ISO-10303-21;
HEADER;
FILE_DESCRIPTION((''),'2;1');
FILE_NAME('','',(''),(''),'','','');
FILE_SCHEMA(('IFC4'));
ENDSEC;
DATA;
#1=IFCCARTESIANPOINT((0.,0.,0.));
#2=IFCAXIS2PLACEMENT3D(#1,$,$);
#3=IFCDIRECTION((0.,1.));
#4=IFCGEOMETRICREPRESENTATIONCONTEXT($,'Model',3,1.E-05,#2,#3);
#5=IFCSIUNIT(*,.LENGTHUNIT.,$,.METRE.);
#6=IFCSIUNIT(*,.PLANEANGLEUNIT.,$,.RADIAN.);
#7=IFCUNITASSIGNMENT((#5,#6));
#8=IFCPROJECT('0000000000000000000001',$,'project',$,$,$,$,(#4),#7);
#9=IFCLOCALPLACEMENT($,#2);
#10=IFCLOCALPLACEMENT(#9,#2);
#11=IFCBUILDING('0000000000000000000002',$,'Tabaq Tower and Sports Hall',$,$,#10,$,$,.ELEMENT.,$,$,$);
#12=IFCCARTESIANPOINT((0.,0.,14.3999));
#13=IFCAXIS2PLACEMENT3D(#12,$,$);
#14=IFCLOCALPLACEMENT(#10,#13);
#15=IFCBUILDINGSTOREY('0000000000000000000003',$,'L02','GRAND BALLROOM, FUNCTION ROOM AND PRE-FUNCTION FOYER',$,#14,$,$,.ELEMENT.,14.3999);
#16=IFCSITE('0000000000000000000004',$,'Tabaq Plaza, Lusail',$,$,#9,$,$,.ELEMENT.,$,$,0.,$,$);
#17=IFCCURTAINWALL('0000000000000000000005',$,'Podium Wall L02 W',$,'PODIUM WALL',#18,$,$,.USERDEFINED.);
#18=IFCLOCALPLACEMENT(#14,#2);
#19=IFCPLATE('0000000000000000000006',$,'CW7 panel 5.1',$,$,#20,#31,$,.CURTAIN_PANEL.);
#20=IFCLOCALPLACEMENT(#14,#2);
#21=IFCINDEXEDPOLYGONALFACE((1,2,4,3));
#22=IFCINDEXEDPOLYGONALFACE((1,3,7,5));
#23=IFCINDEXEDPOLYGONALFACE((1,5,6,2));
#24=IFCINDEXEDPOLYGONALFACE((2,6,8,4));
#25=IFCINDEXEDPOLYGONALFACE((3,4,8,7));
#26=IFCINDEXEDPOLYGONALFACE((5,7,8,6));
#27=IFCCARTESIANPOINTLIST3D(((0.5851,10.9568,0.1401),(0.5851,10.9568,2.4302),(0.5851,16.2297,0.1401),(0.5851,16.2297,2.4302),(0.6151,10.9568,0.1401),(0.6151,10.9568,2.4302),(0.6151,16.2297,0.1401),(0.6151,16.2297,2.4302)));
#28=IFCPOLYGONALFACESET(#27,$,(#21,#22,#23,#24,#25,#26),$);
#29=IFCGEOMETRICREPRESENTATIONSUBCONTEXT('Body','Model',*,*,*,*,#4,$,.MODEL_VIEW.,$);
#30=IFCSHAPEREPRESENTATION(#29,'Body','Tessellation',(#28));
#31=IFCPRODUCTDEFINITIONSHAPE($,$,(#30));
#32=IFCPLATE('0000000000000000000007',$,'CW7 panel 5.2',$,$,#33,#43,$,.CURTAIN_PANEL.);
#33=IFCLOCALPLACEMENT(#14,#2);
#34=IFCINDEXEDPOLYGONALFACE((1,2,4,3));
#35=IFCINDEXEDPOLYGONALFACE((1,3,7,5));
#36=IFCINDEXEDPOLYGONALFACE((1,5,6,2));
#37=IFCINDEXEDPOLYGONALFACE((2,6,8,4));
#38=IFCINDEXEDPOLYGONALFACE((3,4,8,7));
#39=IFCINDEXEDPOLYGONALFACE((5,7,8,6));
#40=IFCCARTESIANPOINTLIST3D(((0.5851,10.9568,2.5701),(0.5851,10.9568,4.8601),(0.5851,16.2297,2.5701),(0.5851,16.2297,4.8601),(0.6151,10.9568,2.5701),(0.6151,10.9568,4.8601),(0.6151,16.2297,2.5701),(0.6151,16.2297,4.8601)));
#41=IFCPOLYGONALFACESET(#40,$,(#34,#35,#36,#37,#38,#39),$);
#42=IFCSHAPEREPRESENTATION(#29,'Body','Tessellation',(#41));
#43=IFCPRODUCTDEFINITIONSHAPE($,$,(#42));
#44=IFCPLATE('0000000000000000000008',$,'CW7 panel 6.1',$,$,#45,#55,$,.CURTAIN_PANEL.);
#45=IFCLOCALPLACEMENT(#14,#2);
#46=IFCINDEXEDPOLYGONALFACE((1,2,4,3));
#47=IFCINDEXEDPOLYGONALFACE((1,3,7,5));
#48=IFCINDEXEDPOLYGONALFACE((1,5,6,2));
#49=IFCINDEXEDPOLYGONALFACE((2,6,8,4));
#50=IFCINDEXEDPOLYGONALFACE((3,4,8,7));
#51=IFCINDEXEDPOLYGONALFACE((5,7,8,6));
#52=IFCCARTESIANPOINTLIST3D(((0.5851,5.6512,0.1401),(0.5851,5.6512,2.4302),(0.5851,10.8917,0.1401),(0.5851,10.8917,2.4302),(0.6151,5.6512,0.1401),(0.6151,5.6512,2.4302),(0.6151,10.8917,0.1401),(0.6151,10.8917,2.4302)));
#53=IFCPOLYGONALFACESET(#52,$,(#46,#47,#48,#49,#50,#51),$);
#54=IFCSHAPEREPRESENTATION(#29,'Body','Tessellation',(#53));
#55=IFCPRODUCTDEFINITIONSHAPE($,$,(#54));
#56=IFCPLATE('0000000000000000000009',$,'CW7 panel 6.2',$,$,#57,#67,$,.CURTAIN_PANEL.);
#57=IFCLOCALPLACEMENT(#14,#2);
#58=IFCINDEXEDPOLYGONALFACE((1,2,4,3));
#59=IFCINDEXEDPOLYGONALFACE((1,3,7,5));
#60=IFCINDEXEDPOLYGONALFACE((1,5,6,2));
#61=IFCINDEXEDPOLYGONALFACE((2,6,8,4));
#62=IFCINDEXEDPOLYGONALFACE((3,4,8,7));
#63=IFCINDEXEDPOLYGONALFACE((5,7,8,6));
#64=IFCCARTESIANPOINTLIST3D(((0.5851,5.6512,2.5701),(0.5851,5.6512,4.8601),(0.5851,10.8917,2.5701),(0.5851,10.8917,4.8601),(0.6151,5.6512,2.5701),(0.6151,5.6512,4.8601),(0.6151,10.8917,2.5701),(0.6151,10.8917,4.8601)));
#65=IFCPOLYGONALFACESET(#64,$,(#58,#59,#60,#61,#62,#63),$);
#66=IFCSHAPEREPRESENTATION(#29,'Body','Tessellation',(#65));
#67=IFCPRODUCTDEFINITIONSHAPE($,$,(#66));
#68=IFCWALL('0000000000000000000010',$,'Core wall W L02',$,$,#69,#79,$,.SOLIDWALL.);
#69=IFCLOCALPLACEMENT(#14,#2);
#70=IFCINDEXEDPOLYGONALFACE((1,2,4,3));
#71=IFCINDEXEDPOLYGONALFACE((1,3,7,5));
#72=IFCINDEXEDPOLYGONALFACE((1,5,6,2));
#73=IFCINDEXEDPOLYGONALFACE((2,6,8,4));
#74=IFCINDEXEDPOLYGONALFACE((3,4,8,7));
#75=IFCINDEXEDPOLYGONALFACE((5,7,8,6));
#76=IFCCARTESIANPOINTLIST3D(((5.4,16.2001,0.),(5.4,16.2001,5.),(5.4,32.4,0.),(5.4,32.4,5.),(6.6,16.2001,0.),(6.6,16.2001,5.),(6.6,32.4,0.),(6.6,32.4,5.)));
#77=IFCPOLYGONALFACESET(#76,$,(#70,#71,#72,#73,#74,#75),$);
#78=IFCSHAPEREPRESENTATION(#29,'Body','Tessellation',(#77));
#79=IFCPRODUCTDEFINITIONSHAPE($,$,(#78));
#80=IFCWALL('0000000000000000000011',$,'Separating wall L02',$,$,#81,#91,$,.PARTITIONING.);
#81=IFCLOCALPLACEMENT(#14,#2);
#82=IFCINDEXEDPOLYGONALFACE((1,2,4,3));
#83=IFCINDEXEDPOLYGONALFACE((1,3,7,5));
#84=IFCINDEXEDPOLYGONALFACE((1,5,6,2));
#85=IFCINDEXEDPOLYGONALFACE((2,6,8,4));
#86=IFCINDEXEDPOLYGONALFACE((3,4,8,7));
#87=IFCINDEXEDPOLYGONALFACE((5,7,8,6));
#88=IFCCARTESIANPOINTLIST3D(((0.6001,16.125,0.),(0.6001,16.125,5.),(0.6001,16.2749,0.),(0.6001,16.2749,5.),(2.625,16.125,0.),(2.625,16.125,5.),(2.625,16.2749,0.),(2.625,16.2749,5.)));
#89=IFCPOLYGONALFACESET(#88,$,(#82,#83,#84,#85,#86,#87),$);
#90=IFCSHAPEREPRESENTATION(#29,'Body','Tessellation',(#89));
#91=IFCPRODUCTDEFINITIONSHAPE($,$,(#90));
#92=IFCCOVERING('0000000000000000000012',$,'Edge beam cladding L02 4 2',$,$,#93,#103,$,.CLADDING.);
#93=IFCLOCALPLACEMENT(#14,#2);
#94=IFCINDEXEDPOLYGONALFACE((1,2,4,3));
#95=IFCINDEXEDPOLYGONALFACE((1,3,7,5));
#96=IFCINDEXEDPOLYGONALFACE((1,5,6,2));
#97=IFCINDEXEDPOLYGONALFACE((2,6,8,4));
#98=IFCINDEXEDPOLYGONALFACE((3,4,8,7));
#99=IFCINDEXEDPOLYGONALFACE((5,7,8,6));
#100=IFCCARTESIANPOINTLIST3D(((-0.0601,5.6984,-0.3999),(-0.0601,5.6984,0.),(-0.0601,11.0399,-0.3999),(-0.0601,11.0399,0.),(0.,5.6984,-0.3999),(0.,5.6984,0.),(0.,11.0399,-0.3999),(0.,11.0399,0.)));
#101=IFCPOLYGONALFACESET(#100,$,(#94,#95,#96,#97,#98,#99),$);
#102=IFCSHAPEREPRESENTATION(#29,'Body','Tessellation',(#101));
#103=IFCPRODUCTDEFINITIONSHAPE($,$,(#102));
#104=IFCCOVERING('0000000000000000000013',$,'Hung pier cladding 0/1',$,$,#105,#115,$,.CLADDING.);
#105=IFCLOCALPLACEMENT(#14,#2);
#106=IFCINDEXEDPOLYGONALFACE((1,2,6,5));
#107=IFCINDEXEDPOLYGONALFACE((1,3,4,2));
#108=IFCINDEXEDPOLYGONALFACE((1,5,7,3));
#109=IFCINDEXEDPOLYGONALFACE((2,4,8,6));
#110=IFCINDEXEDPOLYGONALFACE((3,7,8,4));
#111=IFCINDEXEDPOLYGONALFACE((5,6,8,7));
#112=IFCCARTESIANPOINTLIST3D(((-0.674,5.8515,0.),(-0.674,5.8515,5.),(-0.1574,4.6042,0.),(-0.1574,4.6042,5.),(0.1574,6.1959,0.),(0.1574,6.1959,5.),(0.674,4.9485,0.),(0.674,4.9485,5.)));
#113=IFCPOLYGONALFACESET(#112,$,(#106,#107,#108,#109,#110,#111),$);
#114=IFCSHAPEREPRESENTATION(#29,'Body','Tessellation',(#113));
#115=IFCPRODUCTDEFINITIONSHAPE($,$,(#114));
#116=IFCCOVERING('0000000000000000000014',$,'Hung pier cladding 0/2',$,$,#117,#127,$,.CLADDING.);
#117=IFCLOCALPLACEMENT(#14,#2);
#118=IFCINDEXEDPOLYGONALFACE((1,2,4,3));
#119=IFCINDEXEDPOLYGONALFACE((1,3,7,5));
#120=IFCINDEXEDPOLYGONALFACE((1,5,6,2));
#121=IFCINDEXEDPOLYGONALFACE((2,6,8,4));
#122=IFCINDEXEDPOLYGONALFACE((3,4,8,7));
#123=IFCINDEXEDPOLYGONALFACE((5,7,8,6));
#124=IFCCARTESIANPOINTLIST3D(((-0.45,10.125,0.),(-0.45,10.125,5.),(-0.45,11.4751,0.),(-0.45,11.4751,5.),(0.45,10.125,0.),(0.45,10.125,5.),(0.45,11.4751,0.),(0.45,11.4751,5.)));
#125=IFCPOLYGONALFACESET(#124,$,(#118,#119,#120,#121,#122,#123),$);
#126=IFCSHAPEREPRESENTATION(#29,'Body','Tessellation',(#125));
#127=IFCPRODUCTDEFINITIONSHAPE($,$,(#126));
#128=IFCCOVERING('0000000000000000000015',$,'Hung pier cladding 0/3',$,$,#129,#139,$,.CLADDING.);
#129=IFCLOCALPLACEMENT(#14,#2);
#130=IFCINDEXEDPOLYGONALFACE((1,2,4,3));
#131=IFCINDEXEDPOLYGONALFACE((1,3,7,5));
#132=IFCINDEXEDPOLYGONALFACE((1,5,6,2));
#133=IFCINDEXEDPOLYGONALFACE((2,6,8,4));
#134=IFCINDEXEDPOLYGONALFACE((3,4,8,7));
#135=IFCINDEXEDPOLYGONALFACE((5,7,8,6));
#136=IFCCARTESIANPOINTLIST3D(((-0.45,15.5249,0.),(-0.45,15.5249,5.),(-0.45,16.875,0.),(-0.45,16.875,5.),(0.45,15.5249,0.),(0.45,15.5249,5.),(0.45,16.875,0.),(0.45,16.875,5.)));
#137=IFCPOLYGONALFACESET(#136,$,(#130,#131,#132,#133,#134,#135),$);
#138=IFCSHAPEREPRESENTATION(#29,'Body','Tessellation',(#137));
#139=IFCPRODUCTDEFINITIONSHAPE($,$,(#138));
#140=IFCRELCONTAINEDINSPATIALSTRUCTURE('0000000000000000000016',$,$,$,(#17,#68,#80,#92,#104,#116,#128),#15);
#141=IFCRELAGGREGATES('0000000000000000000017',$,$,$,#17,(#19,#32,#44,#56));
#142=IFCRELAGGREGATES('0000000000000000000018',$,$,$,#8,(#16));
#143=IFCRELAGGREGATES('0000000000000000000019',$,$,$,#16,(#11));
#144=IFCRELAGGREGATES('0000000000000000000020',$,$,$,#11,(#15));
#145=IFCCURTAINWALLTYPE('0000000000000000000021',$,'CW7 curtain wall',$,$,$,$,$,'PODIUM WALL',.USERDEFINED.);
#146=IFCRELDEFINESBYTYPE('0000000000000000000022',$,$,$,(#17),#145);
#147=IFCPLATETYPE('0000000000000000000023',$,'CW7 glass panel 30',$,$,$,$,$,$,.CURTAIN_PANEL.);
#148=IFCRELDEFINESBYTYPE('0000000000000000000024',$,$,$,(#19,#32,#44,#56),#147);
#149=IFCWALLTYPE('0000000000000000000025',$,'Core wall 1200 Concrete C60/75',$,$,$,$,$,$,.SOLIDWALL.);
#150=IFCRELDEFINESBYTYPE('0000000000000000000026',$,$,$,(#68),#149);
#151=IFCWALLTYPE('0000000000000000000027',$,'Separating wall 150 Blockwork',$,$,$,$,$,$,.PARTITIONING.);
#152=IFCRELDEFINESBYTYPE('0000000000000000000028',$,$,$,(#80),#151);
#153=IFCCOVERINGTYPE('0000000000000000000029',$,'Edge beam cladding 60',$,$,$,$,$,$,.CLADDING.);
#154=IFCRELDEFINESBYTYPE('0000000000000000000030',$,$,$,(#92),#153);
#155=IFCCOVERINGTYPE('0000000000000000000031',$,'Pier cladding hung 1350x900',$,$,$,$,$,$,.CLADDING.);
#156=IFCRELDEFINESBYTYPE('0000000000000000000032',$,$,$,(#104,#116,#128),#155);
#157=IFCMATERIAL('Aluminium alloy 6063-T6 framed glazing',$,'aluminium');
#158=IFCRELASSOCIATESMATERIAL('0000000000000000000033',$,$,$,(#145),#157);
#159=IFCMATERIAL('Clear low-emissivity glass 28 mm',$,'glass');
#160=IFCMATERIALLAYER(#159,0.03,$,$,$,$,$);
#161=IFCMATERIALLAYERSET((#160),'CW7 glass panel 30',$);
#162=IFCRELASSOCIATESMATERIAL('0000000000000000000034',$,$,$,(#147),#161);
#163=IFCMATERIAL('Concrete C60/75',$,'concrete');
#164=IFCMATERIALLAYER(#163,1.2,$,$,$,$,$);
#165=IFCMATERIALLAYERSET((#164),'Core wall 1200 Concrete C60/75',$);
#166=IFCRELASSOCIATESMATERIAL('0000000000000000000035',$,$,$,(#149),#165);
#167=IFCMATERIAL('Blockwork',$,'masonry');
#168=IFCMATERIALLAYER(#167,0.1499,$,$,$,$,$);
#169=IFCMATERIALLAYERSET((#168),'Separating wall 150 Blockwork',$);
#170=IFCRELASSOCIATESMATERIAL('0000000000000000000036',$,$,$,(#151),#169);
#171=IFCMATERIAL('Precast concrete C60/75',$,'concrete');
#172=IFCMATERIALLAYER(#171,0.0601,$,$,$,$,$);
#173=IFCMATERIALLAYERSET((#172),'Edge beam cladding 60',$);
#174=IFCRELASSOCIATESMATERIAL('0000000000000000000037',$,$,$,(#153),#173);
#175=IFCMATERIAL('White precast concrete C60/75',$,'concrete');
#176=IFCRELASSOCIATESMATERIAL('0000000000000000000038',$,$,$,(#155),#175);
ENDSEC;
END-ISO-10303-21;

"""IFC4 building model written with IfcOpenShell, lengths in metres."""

from ifc_helpers import new_model, si_unit, direction, frame, frame_2d, origin, origin_2d, place, context, subcontext, project, spatial, rectangle, extrude, material, layer, layer_set, type_object, element, aggregate, save


model = new_model("IFC4")

# Units and contexts
model_context = context("Model", 3, precision=1e-05, world=origin(), true_north=direction((0.0, 1.0)))
body_context = subcontext(model_context, "Body", "Model", "MODEL_VIEW")
ifc_project = project(units=[si_unit("LENGTHUNIT", "METRE"), si_unit("PLANEANGLEUNIT", "RADIAN")], contexts=[model_context])

# Site, building, storey
site_placement = place(None, origin())
site = spatial("IfcSite", under=ifc_project, at=site_placement, Name="Tabaq Plaza, Lusail", CompositionType="ELEMENT", RefElevation=0.0)
building_placement = place(site_placement, origin())
building = spatial("IfcBuilding", under=site, at=building_placement, Name="Tabaq Tower and Sports Hall", CompositionType="ELEMENT")
storey_placement = place(building_placement, frame((0.0, 0.0, 14.3999)))
storey = spatial("IfcBuildingStorey", under=building, at=storey_placement, Name="L02", Description="GRAND BALLROOM, FUNCTION ROOM AND PRE-FUNCTION FOYER", CompositionType="ELEMENT", Elevation=14.3999)

# Curtain wall
ifc_material_1 = material(Name="Aluminium alloy 6063-T6 framed glazing", Category="aluminium")
curtain_wall_type = type_object("IfcCurtainWallType", Name="CW7 curtain wall", ElementType="PODIUM WALL", PredefinedType="USERDEFINED", material=ifc_material_1)
curtain_wall_placement = place(storey_placement, origin())
curtain_wall = element("IfcCurtainWall", 1, at=curtain_wall_placement, inside=storey, type_object=curtain_wall_type, Name="Podium Wall L02 W", ObjectType="PODIUM WALL", PredefinedType="USERDEFINED")

# Plates
ifc_material_2 = material(Name="Clear low-emissivity glass 28 mm", Category="glass")
ifc_layer_1 = layer(ifc_material_2, 0.03)
ifc_layer_set_1 = layer_set([ifc_layer_1], Name="CW7 glass panel 30")
plate_type = type_object("IfcPlateType", Name="CW7 glass panel 30", PredefinedType="CURTAIN_PANEL", material=ifc_layer_set_1)
plate_1_placement = place(storey_placement, frame((0.6001, 13.5933, 0.1401), z_axis=(0.0, 0.0, 1.0), x_axis=(0.0, -1.0, 0.0)))
plate_1 = element("IfcPlate", 2, at=plate_1_placement, type_object=plate_type, Name="CW7 panel 5.1", PredefinedType="CURTAIN_PANEL", context=body_context, shape_type="SweptSolid", body=[
    extrude(rectangle(XDim=5.2729, YDim=0.03, at=origin_2d()), origin(), (0.0, 0.0, 1.0), 2.29),
])
plate_2_placement = place(storey_placement, frame((0.6001, 13.5933, 2.5701), z_axis=(0.0, 0.0, 1.0), x_axis=(0.0, -1.0, 0.0)))
plate_2 = element("IfcPlate", 3, at=plate_2_placement, type_object=plate_type, Name="CW7 panel 5.2", PredefinedType="CURTAIN_PANEL", context=body_context, shape_type="SweptSolid", body=[
    extrude(rectangle(XDim=5.2729, YDim=0.03, at=origin_2d()), origin(), (0.0, 0.0, 1.0), 2.29),
])
plate_3_placement = place(storey_placement, frame((0.6001, 8.2715, 0.1401), z_axis=(0.0, 0.0, 1.0), x_axis=(0.0, -1.0, 0.0)))
plate_3 = element("IfcPlate", 4, at=plate_3_placement, type_object=plate_type, Name="CW7 panel 6.1", PredefinedType="CURTAIN_PANEL", context=body_context, shape_type="SweptSolid", body=[
    extrude(rectangle(XDim=5.2405, YDim=0.03, at=origin_2d()), origin(), (0.0, 0.0, 1.0), 2.29),
])
plate_4_placement = place(storey_placement, frame((0.6001, 8.2715, 2.5701), z_axis=(0.0, 0.0, 1.0), x_axis=(0.0, -1.0, 0.0)))
plate_4 = element("IfcPlate", 5, at=plate_4_placement, type_object=plate_type, Name="CW7 panel 6.2", PredefinedType="CURTAIN_PANEL", context=body_context, shape_type="SweptSolid", body=[
    extrude(rectangle(XDim=5.2405, YDim=0.03, at=origin_2d()), origin(), (0.0, 0.0, 1.0), 2.29),
])
aggregate(curtain_wall, [plate_1, plate_2, plate_3, plate_4])

# Wall
ifc_material_3 = material(Name="Concrete C60/75", Category="concrete")
ifc_layer_2 = layer(ifc_material_3, 1.2)
ifc_layer_set_2 = layer_set([ifc_layer_2], Name="Core wall 1200 Concrete C60/75")
wall_type_1 = type_object("IfcWallType", Name="Core wall 1200 Concrete C60/75", PredefinedType="SOLIDWALL", material=ifc_layer_set_2)
wall_1_placement = place(storey_placement, frame((6.0, 16.2, 0.0), z_axis=(0.0, 0.0, 1.0), x_axis=(0.0, 1.0, 0.0)))
element("IfcWall", 6, at=wall_1_placement, inside=storey, type_object=wall_type_1, Name="Core wall W L02", PredefinedType="SOLIDWALL", context=body_context, shape_type="SweptSolid", body=[
    extrude(rectangle(XDim=16.2, YDim=1.2, at=frame_2d((8.1001, 0.0))), origin(), (0.0, 0.0, 1.0), 5.0),
])

# Wall
ifc_material_4 = material(Name="Blockwork", Category="masonry")
ifc_layer_3 = layer(ifc_material_4, 0.1499)
ifc_layer_set_3 = layer_set([ifc_layer_3], Name="Separating wall 150 Blockwork")
wall_type_2 = type_object("IfcWallType", Name="Separating wall 150 Blockwork", PredefinedType="PARTITIONING", material=ifc_layer_set_3)
wall_2_placement = place(storey_placement, frame((2.625, 16.2, 0.0), z_axis=(0.0, 0.0, 1.0), x_axis=(-1.0, 0.0, 0.0)))
element("IfcWall", 7, at=wall_2_placement, inside=storey, type_object=wall_type_2, Name="Separating wall L02", PredefinedType="PARTITIONING", context=body_context, shape_type="SweptSolid", body=[
    extrude(rectangle(XDim=2.0249, YDim=0.1499, at=frame_2d((1.0125, 0.0))), origin(), (0.0, 0.0, 1.0), 5.0),
])

# Coverings
ifc_material_5 = material(Name="Precast concrete C60/75", Category="concrete")
ifc_layer_4 = layer(ifc_material_5, 0.0601)
ifc_layer_set_4 = layer_set([ifc_layer_4], Name="Edge beam cladding 60")
covering_type_1 = type_object("IfcCoveringType", Name="Edge beam cladding 60", PredefinedType="CLADDING", material=ifc_layer_set_4)
covering_placement = place(storey_placement, frame((-0.03, 11.04, -0.3999), z_axis=(0.0, 0.0, 1.0), x_axis=(0.0, -1.0, 0.0)))
element("IfcCovering", 8, at=covering_placement, inside=storey, type_object=covering_type_1, Name="Edge beam cladding L02 4 2", PredefinedType="CLADDING", context=body_context, shape_type="SweptSolid", body=[
    extrude(rectangle(XDim=5.3416, YDim=0.0601, at=frame_2d((2.6709, 0.0))), origin(), (0.0, 0.0, 1.0), 0.3999),
])
ifc_material_6 = material(Name="White precast concrete C60/75", Category="concrete")
covering_type_2 = type_object("IfcCoveringType", Name="Pier cladding hung 1350x900", PredefinedType="CLADDING", material=ifc_material_6)
for number, where, z_axis, x_axis, name in (
    (9, (-0.2583, 6.0237, 0.0), (0.0, 0.0, 1.0), (0.38265, -0.923893, 0.0), "Hung pier cladding 0/1"),
    (10, (0.0, 11.4751, 0.0), (0.0, 0.0, 1.0), (0.0, -1.0, 0.0), "Hung pier cladding 0/2"),
    (11, (0.0, 16.875, 0.0), (0.0, 0.0, 1.0), (0.0, -1.0, 0.0), "Hung pier cladding 0/3"),
):
    element("IfcCovering", number, at=place(storey_placement, frame(where, z_axis=z_axis, x_axis=x_axis)), inside=storey, type_object=covering_type_2, Name=name, PredefinedType="CLADDING", context=body_context, shape_type="SweptSolid", body=[
        extrude(rectangle(XDim=1.3501, YDim=0.8999, at=frame_2d((0.675, 0.0))), origin(), (0.0, 0.0, 1.0), 5.0),
    ])

save(model, "model.ifc")
